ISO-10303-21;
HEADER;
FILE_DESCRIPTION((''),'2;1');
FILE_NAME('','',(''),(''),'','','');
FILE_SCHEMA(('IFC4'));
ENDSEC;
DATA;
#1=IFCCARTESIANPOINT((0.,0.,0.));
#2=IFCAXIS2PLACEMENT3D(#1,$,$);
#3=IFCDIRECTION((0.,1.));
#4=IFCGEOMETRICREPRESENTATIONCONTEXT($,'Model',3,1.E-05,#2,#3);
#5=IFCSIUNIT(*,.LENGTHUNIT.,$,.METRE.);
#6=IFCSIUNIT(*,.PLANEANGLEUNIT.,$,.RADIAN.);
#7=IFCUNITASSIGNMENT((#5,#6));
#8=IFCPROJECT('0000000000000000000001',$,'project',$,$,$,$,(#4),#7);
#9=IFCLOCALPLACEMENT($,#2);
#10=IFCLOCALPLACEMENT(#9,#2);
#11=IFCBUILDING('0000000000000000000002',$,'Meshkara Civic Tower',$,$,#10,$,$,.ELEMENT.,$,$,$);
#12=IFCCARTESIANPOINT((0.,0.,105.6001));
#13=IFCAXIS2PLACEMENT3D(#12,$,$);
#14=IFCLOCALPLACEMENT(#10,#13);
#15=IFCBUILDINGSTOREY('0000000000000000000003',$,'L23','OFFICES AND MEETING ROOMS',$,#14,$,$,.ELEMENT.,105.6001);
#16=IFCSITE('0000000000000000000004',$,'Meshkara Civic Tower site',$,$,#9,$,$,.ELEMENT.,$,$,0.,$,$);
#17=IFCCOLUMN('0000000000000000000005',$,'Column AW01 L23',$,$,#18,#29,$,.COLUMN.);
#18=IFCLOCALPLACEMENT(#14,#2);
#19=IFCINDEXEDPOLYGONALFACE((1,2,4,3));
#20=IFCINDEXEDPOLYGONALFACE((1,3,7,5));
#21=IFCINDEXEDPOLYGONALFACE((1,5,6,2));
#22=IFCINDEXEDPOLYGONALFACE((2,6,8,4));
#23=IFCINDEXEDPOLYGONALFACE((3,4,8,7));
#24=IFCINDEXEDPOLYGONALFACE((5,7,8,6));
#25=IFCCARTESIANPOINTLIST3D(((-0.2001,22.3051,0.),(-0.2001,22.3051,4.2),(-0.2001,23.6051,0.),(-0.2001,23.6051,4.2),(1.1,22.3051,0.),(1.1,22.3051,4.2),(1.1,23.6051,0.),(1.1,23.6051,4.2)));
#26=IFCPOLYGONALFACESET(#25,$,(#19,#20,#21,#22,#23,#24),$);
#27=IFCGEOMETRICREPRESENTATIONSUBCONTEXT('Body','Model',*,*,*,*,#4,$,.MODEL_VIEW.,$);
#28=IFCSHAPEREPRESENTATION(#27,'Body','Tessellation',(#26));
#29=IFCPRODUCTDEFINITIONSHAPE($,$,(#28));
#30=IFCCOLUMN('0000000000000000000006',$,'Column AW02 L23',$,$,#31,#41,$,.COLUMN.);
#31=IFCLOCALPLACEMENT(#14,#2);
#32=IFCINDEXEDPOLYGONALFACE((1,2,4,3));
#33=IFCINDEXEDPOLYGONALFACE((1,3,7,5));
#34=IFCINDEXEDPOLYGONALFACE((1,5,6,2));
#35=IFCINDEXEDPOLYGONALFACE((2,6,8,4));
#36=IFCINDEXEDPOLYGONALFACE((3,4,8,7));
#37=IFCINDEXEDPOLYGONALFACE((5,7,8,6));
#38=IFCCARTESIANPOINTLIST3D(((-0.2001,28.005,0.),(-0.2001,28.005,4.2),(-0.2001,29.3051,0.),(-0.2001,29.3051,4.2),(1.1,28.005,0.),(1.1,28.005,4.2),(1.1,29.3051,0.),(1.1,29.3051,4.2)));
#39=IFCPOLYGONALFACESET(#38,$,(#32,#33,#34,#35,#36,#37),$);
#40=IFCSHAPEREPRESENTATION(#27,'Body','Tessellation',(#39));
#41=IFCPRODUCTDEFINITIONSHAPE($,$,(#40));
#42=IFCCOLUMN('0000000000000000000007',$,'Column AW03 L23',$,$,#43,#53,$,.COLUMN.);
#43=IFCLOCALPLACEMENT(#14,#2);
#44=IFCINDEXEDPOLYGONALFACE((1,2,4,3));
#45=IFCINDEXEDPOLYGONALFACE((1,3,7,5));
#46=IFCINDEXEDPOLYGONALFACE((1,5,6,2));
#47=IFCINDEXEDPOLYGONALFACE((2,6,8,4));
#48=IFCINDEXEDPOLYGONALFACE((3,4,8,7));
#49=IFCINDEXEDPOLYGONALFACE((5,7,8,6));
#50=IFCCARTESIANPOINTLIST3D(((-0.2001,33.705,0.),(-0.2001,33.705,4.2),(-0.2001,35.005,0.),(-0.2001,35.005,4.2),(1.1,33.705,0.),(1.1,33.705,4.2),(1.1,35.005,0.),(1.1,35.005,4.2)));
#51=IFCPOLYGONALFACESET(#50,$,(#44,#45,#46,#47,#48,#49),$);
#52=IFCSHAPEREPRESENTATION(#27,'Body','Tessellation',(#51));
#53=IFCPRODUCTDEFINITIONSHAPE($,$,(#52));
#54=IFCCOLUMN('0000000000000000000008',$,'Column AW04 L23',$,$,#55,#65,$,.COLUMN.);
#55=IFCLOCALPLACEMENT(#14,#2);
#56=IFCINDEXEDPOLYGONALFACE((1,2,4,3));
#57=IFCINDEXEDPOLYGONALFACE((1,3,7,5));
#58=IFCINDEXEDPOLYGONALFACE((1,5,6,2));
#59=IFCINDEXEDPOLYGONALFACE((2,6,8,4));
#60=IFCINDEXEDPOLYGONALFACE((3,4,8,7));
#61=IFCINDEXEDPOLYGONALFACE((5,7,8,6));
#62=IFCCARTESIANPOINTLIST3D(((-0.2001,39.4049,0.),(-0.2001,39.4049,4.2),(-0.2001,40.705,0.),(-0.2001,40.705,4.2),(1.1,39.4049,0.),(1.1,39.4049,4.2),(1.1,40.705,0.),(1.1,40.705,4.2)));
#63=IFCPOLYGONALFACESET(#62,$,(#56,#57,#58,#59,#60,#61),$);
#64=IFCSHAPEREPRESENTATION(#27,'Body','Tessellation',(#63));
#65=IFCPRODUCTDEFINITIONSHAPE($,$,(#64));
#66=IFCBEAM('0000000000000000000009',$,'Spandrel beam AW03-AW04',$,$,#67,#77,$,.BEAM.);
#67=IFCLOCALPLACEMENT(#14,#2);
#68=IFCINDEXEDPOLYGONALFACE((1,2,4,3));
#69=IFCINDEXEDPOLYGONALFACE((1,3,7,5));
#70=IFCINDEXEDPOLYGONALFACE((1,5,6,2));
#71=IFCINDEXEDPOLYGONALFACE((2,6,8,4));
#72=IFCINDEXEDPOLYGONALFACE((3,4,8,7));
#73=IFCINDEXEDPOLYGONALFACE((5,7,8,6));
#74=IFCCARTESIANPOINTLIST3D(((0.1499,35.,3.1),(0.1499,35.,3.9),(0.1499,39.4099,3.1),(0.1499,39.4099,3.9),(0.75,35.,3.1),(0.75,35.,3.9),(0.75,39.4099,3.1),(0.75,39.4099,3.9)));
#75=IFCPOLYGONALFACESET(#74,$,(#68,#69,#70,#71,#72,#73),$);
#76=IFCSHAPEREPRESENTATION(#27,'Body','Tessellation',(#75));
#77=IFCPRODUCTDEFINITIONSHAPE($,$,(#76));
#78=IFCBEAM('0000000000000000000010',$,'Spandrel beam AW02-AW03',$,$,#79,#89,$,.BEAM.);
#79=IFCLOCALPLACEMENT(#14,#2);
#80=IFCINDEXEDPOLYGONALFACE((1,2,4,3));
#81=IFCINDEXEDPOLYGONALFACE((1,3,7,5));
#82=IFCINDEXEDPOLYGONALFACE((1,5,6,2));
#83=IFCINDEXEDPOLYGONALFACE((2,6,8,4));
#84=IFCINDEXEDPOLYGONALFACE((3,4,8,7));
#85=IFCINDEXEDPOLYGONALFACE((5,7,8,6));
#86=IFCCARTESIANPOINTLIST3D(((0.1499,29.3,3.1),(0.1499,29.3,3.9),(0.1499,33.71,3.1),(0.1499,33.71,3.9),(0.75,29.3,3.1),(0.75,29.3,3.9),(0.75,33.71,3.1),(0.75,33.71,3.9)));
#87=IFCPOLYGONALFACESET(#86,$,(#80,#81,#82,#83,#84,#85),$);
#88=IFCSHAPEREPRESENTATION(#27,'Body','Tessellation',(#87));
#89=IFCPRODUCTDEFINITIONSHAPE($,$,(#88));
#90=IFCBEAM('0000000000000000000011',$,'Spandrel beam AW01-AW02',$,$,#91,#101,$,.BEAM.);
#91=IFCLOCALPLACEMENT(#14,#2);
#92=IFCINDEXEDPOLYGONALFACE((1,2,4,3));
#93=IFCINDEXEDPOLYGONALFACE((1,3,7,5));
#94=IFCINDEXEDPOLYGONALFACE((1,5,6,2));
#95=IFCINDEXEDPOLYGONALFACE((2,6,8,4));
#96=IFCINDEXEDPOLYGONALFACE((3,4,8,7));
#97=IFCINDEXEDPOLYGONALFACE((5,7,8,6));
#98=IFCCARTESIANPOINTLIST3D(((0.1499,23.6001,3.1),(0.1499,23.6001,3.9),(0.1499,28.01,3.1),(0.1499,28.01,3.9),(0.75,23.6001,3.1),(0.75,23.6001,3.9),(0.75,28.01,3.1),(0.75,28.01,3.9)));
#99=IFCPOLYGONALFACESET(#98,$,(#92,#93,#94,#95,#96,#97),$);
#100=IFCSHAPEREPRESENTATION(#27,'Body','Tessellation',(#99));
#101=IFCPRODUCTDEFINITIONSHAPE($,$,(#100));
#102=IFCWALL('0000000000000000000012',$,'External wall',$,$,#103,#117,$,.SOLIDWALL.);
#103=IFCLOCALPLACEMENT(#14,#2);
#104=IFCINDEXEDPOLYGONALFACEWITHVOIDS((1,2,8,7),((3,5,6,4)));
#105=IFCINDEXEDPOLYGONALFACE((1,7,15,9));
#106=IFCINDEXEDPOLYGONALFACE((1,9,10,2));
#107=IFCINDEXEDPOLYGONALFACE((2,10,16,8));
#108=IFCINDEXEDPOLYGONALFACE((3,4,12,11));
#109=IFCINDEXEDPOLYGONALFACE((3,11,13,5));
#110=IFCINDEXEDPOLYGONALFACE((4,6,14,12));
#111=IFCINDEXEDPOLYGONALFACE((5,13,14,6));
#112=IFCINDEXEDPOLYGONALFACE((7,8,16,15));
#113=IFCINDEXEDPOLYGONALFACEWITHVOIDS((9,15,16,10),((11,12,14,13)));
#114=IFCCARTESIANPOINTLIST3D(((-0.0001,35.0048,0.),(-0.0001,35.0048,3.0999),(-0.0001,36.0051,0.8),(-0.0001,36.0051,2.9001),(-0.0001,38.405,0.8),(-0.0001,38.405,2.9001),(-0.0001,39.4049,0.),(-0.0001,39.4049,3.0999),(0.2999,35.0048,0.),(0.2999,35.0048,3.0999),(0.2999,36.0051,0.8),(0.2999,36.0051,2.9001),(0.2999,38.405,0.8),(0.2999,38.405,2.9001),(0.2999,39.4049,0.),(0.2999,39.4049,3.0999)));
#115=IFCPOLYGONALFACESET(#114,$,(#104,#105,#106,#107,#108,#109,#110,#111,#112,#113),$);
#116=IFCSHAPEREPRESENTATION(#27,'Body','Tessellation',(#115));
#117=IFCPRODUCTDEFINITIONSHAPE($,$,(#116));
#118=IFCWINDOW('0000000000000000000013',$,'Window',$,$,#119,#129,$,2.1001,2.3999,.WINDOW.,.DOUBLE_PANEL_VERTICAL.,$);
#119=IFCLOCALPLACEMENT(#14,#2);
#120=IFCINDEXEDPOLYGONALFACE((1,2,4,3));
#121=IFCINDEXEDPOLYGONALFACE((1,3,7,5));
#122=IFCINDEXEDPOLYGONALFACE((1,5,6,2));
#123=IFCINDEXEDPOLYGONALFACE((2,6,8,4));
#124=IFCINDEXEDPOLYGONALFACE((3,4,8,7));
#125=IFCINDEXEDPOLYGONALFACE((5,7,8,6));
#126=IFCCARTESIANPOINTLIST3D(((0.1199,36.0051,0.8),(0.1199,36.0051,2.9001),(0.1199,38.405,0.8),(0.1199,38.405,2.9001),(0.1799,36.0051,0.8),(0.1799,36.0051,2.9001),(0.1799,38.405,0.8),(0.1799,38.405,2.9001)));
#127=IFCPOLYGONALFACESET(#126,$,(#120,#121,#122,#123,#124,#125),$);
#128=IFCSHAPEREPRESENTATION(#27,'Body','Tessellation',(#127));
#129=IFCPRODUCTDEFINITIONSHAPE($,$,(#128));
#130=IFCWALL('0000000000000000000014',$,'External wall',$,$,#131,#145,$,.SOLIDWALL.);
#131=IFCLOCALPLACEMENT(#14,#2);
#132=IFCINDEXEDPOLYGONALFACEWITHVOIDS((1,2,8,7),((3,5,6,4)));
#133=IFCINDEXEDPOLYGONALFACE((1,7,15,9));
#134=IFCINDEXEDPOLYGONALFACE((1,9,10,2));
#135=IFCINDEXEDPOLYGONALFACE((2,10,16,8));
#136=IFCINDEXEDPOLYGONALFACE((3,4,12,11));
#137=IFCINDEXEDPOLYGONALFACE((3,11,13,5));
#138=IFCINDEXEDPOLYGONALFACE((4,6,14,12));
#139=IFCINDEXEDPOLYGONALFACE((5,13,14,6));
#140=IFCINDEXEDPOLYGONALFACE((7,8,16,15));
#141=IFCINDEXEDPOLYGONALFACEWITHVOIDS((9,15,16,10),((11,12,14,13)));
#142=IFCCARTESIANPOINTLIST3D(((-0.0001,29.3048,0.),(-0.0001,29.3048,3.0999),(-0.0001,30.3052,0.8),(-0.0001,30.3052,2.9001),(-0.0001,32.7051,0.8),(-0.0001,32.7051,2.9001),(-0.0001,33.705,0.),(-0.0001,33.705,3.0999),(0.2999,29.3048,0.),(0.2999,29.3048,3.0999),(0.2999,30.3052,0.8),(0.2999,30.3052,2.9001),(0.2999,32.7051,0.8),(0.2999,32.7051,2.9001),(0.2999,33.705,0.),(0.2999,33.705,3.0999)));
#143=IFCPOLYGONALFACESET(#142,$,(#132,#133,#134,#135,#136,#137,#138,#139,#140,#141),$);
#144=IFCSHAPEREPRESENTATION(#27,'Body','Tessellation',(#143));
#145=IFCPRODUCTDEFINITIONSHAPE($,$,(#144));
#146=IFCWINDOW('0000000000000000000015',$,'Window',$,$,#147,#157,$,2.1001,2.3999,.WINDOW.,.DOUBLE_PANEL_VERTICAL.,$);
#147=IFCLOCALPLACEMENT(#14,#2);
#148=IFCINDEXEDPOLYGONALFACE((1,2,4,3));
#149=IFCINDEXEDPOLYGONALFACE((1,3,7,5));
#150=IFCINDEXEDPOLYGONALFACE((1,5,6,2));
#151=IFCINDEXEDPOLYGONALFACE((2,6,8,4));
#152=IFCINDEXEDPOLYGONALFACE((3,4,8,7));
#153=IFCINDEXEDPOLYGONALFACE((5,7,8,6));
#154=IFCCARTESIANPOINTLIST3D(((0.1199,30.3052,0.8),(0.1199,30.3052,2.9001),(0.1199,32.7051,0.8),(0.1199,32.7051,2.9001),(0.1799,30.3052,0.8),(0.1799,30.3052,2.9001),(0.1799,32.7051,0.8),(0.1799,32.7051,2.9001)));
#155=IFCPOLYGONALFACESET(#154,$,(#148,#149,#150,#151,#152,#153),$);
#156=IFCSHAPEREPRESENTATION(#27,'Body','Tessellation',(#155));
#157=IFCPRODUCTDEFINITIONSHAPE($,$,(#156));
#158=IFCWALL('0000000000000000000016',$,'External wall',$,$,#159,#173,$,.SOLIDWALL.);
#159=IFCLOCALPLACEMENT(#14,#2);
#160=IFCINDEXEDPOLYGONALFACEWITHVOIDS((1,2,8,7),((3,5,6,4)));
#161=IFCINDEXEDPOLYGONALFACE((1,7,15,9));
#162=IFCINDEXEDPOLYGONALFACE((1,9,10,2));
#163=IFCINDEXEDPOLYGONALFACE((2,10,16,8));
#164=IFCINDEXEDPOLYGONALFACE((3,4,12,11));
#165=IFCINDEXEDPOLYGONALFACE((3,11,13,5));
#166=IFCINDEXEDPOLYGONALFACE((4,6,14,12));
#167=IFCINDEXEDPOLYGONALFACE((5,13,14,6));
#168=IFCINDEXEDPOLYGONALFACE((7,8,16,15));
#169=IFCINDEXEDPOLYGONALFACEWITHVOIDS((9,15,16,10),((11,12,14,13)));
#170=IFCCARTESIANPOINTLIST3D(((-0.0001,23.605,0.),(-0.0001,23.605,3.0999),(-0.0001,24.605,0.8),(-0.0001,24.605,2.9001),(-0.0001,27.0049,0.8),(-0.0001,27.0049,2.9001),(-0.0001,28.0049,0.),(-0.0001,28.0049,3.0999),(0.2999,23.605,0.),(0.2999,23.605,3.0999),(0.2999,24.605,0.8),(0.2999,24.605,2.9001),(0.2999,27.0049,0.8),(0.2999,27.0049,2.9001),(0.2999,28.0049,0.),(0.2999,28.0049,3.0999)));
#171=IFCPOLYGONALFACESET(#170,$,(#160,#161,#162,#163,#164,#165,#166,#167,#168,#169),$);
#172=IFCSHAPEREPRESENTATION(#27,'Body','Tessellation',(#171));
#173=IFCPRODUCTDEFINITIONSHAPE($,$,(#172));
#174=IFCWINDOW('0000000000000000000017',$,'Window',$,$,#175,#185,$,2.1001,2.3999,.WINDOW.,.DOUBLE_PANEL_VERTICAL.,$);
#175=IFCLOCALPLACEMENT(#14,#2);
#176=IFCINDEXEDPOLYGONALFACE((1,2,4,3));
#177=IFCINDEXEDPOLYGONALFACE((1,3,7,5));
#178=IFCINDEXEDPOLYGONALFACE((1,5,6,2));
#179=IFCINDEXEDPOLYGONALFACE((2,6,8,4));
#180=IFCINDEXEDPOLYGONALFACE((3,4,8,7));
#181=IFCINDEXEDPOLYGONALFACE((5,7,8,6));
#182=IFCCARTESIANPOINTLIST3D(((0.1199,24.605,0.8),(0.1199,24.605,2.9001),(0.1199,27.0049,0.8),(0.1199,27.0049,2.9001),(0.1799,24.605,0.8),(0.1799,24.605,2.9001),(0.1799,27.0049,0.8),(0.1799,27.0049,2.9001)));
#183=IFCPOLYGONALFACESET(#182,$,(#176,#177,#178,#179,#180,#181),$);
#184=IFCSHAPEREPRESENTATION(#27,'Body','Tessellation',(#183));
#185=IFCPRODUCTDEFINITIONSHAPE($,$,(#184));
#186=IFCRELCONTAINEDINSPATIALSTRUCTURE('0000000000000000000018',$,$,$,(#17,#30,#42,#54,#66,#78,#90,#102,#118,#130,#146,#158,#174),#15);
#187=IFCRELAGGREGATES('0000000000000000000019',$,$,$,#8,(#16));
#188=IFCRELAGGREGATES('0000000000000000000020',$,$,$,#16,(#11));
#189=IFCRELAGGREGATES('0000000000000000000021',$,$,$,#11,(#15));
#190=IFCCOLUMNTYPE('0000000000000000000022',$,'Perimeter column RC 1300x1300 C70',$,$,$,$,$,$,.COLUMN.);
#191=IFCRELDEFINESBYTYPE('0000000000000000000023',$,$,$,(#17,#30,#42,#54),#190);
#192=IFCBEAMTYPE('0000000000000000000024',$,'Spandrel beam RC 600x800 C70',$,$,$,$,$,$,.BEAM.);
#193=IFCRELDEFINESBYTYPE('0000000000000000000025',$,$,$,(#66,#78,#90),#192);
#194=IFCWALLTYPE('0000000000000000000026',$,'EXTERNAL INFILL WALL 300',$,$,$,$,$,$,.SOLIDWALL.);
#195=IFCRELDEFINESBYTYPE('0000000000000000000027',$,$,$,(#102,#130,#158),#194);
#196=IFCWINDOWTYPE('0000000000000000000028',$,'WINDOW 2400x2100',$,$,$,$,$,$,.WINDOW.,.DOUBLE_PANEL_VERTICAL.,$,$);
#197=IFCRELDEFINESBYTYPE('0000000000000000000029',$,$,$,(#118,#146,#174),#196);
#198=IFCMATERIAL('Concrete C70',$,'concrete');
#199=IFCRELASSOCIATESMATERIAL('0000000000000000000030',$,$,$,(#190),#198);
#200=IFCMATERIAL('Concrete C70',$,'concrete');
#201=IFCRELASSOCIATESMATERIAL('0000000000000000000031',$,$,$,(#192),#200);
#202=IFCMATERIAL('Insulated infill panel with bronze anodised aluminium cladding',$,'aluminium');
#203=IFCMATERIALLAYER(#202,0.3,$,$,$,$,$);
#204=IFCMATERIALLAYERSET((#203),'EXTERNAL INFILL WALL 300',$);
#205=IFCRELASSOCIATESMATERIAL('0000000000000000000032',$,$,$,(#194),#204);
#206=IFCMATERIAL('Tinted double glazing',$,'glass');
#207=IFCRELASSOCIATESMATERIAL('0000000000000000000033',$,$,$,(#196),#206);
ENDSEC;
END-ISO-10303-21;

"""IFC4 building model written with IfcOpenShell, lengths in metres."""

from ifc_helpers import new_model, si_unit, direction, frame, frame_2d, origin, origin_2d, place, context, subcontext, project, spatial, rectangle, extrude, material, layer, layer_set, material_profile, profile_set, type_object, element, fill, save


model = new_model("IFC4")

# Units and contexts
model_context = context("Model", 3, precision=1e-05, world=origin(), true_north=direction((0.0, 1.0)))
body_context = subcontext(model_context, "Body", "Model", "MODEL_VIEW")
ifc_project = project(units=[si_unit("LENGTHUNIT", "METRE"), si_unit("PLANEANGLEUNIT", "RADIAN")], contexts=[model_context])

# Site, building, storey
site_placement = place(None, origin())
site = spatial("IfcSite", under=ifc_project, at=site_placement, Name="Meshkara Civic Tower site", CompositionType="ELEMENT", RefElevation=0.0)
building_placement = place(site_placement, origin())
building = spatial("IfcBuilding", under=site, at=building_placement, Name="Meshkara Civic Tower", CompositionType="ELEMENT")
storey_placement = place(building_placement, frame((0.0, 0.0, 105.6001)))
storey = spatial("IfcBuildingStorey", under=building, at=storey_placement, Name="L23", Description="OFFICES AND MEETING ROOMS", CompositionType="ELEMENT", Elevation=105.6001)

# Columns
ifc_material_1 = material(Name="Concrete C70", Category="concrete")
ifc_material_profile_1 = material_profile(ifc_material_1, rectangle(XDim=1.3, YDim=1.3, at=origin_2d()))
ifc_profile_set_1 = profile_set([ifc_material_profile_1], Name="Concrete C70")
column_type = type_object("IfcColumnType", Name="Perimeter column RC 1300x1300 C70", PredefinedType="COLUMN", material=ifc_profile_set_1)
for number, where, z_axis, x_axis, name in (
    (1, (0.45, 22.9551, 0.0), (0.0, 0.0, 1.0), (1.0, 0.0, 0.0), "Column AW01 L23"),
    (2, (0.45, 28.655, 0.0), (0.0, 0.0, 1.0), (1.0, 0.0, 0.0), "Column AW02 L23"),
    (3, (0.45, 34.355, 0.0), (0.0, 0.0, 1.0), (1.0, 0.0, 0.0), "Column AW03 L23"),
    (4, (0.45, 40.0549, 0.0), (0.0, 0.0, 1.0), (1.0, 0.0, 0.0), "Column AW04 L23"),
):
    element("IfcColumn", number, at=place(storey_placement, frame(where, z_axis=z_axis, x_axis=x_axis)), inside=storey, type_object=column_type, Name=name, PredefinedType="COLUMN", context=body_context, shape_type="SweptSolid", body=[
        extrude(rectangle(XDim=1.3, YDim=1.3, at=origin_2d()), origin(), (0.0, 0.0, 1.0), 4.2),
    ])

# Beams
ifc_material_2 = material(Name="Concrete C70", Category="concrete")
ifc_material_profile_2 = material_profile(ifc_material_2, rectangle(XDim=0.6001, YDim=0.8, at=origin_2d()))
ifc_profile_set_2 = profile_set([ifc_material_profile_2], Name="Concrete C70")
beam_type = type_object("IfcBeamType", Name="Spandrel beam RC 600x800 C70", PredefinedType="BEAM", material=ifc_profile_set_2)
for number, where, z_axis, x_axis, name in (
    (5, (0.45, 39.4099, 3.5), (0.0, -1.0, 0.0), (1.0, 0.0, 0.0), "Spandrel beam AW03-AW04"),
    (6, (0.45, 33.71, 3.5), (0.0, -1.0, 0.0), (1.0, 0.0, 0.0), "Spandrel beam AW02-AW03"),
    (7, (0.45, 28.01, 3.5), (0.0, -1.0, 0.0), (1.0, 0.0, 0.0), "Spandrel beam AW01-AW02"),
):
    element("IfcBeam", number, at=place(storey_placement, frame(where, z_axis=z_axis, x_axis=x_axis)), inside=storey, type_object=beam_type, Name=name, PredefinedType="BEAM", context=body_context, shape_type="SweptSolid", body=[
        extrude(rectangle(XDim=0.6001, YDim=0.8, at=origin_2d()), origin(), (0.0, 0.0, 1.0), 4.4099),
    ])

# Walls, openings, windows
ifc_material_3 = material(Name="Insulated infill panel with bronze anodised aluminium cladding", Category="aluminium")
ifc_layer = layer(ifc_material_3, 0.3)
ifc_layer_set = layer_set([ifc_layer], Name="EXTERNAL INFILL WALL 300")
wall_type = type_object("IfcWallType", Name="EXTERNAL INFILL WALL 300", PredefinedType="SOLIDWALL", material=ifc_layer_set)
wall_1_placement = place(storey_placement, frame((0.1499, 39.405, 0.0), z_axis=(0.0, 0.0, 1.0), x_axis=(0.0, -1.0, 0.0)))
wall_1 = element("IfcWall", 8, at=wall_1_placement, inside=storey, type_object=wall_type, Name="External wall", PredefinedType="SOLIDWALL", context=body_context, shape_type="SweptSolid", body=[
    extrude(rectangle(XDim=4.4001, YDim=0.3, at=frame_2d((2.2002, 0.0))), origin(), (0.0, 0.0, 1.0), 3.0999),
])
opening_1_placement = place(wall_1_placement, frame((1.0, 0.0, 0.8)))
opening_1 = element("IfcOpeningElement", 9, at=opening_1_placement, cuts=wall_1, PredefinedType="OPENING", context=body_context, shape_type="SweptSolid", body=[
    extrude(rectangle(XDim=2.3999, YDim=2.1001, at=frame_2d((1.2, 1.05))), frame((0.0, 0.1599, 0.0), z_axis=(0.0, -1.0, 0.0), x_axis=(1.0, 0.0, 0.0)), (0.0, 0.0, 1.0), 0.3201),
])
ifc_material_4 = material(Name="Tinted double glazing", Category="glass")
window_type = type_object("IfcWindowType", Name="WINDOW 2400x2100", PartitioningType="DOUBLE_PANEL_VERTICAL", PredefinedType="WINDOW", material=ifc_material_4)
window_1_placement = place(opening_1_placement, origin())
window_1 = element("IfcWindow", 10, at=window_1_placement, inside=storey, type_object=window_type, Name="Window", OverallHeight=2.1001, OverallWidth=2.3999, PartitioningType="DOUBLE_PANEL_VERTICAL", PredefinedType="WINDOW", context=body_context, shape_type="SweptSolid", body=[
    extrude(rectangle(XDim=2.3999, YDim=2.1001, at=frame_2d((1.2, 1.05))), frame((0.0, 0.03, 0.0), z_axis=(0.0, -1.0, 0.0), x_axis=(1.0, 0.0, 0.0)), (0.0, 0.0, 1.0), 0.0601),
])
fill(opening_1, window_1)
wall_2_placement = place(storey_placement, frame((0.1499, 33.7051, 0.0), z_axis=(0.0, 0.0, 1.0), x_axis=(0.0, -1.0, 0.0)))
wall_2 = element("IfcWall", 11, at=wall_2_placement, inside=storey, type_object=wall_type, Name="External wall", PredefinedType="SOLIDWALL", context=body_context, shape_type="SweptSolid", body=[
    extrude(rectangle(XDim=4.4001, YDim=0.3, at=frame_2d((2.2002, 0.0))), origin(), (0.0, 0.0, 1.0), 3.0999),
])
opening_2_placement = place(wall_2_placement, frame((1.0, 0.0, 0.8)))
opening_2 = element("IfcOpeningElement", 12, at=opening_2_placement, cuts=wall_2, PredefinedType="OPENING", context=body_context, shape_type="SweptSolid", body=[
    extrude(rectangle(XDim=2.3999, YDim=2.1001, at=frame_2d((1.2, 1.05))), frame((0.0, 0.1599, 0.0), z_axis=(0.0, -1.0, 0.0), x_axis=(1.0, 0.0, 0.0)), (0.0, 0.0, 1.0), 0.3201),
])
window_2_placement = place(opening_2_placement, origin())
window_2 = element("IfcWindow", 13, at=window_2_placement, inside=storey, type_object=window_type, Name="Window", OverallHeight=2.1001, OverallWidth=2.3999, PartitioningType="DOUBLE_PANEL_VERTICAL", PredefinedType="WINDOW", context=body_context, shape_type="SweptSolid", body=[
    extrude(rectangle(XDim=2.3999, YDim=2.1001, at=frame_2d((1.2, 1.05))), frame((0.0, 0.03, 0.0), z_axis=(0.0, -1.0, 0.0), x_axis=(1.0, 0.0, 0.0)), (0.0, 0.0, 1.0), 0.0601),
])
fill(opening_2, window_2)
wall_3_placement = place(storey_placement, frame((0.1499, 28.0049, 0.0), z_axis=(0.0, 0.0, 1.0), x_axis=(0.0, -1.0, 0.0)))
wall_3 = element("IfcWall", 14, at=wall_3_placement, inside=storey, type_object=wall_type, Name="External wall", PredefinedType="SOLIDWALL", context=body_context, shape_type="SweptSolid", body=[
    extrude(rectangle(XDim=4.3999, YDim=0.3, at=frame_2d((2.2, 0.0))), origin(), (0.0, 0.0, 1.0), 3.0999),
])
opening_3_placement = place(wall_3_placement, frame((1.0, 0.0, 0.8)))
opening_3 = element("IfcOpeningElement", 15, at=opening_3_placement, cuts=wall_3, PredefinedType="OPENING", context=body_context, shape_type="SweptSolid", body=[
    extrude(rectangle(XDim=2.3999, YDim=2.1001, at=frame_2d((1.2, 1.05))), frame((0.0, 0.1599, 0.0), z_axis=(0.0, -1.0, 0.0), x_axis=(1.0, 0.0, 0.0)), (0.0, 0.0, 1.0), 0.3201),
])
window_3_placement = place(opening_3_placement, origin())
window_3 = element("IfcWindow", 16, at=window_3_placement, inside=storey, type_object=window_type, Name="Window", OverallHeight=2.1001, OverallWidth=2.3999, PartitioningType="DOUBLE_PANEL_VERTICAL", PredefinedType="WINDOW", context=body_context, shape_type="SweptSolid", body=[
    extrude(rectangle(XDim=2.3999, YDim=2.1001, at=frame_2d((1.2, 1.05))), frame((0.0, 0.03, 0.0), z_axis=(0.0, -1.0, 0.0), x_axis=(1.0, 0.0, 0.0)), (0.0, 0.0, 1.0), 0.0601),
])
fill(opening_3, window_3)

save(model, "model.ifc")
